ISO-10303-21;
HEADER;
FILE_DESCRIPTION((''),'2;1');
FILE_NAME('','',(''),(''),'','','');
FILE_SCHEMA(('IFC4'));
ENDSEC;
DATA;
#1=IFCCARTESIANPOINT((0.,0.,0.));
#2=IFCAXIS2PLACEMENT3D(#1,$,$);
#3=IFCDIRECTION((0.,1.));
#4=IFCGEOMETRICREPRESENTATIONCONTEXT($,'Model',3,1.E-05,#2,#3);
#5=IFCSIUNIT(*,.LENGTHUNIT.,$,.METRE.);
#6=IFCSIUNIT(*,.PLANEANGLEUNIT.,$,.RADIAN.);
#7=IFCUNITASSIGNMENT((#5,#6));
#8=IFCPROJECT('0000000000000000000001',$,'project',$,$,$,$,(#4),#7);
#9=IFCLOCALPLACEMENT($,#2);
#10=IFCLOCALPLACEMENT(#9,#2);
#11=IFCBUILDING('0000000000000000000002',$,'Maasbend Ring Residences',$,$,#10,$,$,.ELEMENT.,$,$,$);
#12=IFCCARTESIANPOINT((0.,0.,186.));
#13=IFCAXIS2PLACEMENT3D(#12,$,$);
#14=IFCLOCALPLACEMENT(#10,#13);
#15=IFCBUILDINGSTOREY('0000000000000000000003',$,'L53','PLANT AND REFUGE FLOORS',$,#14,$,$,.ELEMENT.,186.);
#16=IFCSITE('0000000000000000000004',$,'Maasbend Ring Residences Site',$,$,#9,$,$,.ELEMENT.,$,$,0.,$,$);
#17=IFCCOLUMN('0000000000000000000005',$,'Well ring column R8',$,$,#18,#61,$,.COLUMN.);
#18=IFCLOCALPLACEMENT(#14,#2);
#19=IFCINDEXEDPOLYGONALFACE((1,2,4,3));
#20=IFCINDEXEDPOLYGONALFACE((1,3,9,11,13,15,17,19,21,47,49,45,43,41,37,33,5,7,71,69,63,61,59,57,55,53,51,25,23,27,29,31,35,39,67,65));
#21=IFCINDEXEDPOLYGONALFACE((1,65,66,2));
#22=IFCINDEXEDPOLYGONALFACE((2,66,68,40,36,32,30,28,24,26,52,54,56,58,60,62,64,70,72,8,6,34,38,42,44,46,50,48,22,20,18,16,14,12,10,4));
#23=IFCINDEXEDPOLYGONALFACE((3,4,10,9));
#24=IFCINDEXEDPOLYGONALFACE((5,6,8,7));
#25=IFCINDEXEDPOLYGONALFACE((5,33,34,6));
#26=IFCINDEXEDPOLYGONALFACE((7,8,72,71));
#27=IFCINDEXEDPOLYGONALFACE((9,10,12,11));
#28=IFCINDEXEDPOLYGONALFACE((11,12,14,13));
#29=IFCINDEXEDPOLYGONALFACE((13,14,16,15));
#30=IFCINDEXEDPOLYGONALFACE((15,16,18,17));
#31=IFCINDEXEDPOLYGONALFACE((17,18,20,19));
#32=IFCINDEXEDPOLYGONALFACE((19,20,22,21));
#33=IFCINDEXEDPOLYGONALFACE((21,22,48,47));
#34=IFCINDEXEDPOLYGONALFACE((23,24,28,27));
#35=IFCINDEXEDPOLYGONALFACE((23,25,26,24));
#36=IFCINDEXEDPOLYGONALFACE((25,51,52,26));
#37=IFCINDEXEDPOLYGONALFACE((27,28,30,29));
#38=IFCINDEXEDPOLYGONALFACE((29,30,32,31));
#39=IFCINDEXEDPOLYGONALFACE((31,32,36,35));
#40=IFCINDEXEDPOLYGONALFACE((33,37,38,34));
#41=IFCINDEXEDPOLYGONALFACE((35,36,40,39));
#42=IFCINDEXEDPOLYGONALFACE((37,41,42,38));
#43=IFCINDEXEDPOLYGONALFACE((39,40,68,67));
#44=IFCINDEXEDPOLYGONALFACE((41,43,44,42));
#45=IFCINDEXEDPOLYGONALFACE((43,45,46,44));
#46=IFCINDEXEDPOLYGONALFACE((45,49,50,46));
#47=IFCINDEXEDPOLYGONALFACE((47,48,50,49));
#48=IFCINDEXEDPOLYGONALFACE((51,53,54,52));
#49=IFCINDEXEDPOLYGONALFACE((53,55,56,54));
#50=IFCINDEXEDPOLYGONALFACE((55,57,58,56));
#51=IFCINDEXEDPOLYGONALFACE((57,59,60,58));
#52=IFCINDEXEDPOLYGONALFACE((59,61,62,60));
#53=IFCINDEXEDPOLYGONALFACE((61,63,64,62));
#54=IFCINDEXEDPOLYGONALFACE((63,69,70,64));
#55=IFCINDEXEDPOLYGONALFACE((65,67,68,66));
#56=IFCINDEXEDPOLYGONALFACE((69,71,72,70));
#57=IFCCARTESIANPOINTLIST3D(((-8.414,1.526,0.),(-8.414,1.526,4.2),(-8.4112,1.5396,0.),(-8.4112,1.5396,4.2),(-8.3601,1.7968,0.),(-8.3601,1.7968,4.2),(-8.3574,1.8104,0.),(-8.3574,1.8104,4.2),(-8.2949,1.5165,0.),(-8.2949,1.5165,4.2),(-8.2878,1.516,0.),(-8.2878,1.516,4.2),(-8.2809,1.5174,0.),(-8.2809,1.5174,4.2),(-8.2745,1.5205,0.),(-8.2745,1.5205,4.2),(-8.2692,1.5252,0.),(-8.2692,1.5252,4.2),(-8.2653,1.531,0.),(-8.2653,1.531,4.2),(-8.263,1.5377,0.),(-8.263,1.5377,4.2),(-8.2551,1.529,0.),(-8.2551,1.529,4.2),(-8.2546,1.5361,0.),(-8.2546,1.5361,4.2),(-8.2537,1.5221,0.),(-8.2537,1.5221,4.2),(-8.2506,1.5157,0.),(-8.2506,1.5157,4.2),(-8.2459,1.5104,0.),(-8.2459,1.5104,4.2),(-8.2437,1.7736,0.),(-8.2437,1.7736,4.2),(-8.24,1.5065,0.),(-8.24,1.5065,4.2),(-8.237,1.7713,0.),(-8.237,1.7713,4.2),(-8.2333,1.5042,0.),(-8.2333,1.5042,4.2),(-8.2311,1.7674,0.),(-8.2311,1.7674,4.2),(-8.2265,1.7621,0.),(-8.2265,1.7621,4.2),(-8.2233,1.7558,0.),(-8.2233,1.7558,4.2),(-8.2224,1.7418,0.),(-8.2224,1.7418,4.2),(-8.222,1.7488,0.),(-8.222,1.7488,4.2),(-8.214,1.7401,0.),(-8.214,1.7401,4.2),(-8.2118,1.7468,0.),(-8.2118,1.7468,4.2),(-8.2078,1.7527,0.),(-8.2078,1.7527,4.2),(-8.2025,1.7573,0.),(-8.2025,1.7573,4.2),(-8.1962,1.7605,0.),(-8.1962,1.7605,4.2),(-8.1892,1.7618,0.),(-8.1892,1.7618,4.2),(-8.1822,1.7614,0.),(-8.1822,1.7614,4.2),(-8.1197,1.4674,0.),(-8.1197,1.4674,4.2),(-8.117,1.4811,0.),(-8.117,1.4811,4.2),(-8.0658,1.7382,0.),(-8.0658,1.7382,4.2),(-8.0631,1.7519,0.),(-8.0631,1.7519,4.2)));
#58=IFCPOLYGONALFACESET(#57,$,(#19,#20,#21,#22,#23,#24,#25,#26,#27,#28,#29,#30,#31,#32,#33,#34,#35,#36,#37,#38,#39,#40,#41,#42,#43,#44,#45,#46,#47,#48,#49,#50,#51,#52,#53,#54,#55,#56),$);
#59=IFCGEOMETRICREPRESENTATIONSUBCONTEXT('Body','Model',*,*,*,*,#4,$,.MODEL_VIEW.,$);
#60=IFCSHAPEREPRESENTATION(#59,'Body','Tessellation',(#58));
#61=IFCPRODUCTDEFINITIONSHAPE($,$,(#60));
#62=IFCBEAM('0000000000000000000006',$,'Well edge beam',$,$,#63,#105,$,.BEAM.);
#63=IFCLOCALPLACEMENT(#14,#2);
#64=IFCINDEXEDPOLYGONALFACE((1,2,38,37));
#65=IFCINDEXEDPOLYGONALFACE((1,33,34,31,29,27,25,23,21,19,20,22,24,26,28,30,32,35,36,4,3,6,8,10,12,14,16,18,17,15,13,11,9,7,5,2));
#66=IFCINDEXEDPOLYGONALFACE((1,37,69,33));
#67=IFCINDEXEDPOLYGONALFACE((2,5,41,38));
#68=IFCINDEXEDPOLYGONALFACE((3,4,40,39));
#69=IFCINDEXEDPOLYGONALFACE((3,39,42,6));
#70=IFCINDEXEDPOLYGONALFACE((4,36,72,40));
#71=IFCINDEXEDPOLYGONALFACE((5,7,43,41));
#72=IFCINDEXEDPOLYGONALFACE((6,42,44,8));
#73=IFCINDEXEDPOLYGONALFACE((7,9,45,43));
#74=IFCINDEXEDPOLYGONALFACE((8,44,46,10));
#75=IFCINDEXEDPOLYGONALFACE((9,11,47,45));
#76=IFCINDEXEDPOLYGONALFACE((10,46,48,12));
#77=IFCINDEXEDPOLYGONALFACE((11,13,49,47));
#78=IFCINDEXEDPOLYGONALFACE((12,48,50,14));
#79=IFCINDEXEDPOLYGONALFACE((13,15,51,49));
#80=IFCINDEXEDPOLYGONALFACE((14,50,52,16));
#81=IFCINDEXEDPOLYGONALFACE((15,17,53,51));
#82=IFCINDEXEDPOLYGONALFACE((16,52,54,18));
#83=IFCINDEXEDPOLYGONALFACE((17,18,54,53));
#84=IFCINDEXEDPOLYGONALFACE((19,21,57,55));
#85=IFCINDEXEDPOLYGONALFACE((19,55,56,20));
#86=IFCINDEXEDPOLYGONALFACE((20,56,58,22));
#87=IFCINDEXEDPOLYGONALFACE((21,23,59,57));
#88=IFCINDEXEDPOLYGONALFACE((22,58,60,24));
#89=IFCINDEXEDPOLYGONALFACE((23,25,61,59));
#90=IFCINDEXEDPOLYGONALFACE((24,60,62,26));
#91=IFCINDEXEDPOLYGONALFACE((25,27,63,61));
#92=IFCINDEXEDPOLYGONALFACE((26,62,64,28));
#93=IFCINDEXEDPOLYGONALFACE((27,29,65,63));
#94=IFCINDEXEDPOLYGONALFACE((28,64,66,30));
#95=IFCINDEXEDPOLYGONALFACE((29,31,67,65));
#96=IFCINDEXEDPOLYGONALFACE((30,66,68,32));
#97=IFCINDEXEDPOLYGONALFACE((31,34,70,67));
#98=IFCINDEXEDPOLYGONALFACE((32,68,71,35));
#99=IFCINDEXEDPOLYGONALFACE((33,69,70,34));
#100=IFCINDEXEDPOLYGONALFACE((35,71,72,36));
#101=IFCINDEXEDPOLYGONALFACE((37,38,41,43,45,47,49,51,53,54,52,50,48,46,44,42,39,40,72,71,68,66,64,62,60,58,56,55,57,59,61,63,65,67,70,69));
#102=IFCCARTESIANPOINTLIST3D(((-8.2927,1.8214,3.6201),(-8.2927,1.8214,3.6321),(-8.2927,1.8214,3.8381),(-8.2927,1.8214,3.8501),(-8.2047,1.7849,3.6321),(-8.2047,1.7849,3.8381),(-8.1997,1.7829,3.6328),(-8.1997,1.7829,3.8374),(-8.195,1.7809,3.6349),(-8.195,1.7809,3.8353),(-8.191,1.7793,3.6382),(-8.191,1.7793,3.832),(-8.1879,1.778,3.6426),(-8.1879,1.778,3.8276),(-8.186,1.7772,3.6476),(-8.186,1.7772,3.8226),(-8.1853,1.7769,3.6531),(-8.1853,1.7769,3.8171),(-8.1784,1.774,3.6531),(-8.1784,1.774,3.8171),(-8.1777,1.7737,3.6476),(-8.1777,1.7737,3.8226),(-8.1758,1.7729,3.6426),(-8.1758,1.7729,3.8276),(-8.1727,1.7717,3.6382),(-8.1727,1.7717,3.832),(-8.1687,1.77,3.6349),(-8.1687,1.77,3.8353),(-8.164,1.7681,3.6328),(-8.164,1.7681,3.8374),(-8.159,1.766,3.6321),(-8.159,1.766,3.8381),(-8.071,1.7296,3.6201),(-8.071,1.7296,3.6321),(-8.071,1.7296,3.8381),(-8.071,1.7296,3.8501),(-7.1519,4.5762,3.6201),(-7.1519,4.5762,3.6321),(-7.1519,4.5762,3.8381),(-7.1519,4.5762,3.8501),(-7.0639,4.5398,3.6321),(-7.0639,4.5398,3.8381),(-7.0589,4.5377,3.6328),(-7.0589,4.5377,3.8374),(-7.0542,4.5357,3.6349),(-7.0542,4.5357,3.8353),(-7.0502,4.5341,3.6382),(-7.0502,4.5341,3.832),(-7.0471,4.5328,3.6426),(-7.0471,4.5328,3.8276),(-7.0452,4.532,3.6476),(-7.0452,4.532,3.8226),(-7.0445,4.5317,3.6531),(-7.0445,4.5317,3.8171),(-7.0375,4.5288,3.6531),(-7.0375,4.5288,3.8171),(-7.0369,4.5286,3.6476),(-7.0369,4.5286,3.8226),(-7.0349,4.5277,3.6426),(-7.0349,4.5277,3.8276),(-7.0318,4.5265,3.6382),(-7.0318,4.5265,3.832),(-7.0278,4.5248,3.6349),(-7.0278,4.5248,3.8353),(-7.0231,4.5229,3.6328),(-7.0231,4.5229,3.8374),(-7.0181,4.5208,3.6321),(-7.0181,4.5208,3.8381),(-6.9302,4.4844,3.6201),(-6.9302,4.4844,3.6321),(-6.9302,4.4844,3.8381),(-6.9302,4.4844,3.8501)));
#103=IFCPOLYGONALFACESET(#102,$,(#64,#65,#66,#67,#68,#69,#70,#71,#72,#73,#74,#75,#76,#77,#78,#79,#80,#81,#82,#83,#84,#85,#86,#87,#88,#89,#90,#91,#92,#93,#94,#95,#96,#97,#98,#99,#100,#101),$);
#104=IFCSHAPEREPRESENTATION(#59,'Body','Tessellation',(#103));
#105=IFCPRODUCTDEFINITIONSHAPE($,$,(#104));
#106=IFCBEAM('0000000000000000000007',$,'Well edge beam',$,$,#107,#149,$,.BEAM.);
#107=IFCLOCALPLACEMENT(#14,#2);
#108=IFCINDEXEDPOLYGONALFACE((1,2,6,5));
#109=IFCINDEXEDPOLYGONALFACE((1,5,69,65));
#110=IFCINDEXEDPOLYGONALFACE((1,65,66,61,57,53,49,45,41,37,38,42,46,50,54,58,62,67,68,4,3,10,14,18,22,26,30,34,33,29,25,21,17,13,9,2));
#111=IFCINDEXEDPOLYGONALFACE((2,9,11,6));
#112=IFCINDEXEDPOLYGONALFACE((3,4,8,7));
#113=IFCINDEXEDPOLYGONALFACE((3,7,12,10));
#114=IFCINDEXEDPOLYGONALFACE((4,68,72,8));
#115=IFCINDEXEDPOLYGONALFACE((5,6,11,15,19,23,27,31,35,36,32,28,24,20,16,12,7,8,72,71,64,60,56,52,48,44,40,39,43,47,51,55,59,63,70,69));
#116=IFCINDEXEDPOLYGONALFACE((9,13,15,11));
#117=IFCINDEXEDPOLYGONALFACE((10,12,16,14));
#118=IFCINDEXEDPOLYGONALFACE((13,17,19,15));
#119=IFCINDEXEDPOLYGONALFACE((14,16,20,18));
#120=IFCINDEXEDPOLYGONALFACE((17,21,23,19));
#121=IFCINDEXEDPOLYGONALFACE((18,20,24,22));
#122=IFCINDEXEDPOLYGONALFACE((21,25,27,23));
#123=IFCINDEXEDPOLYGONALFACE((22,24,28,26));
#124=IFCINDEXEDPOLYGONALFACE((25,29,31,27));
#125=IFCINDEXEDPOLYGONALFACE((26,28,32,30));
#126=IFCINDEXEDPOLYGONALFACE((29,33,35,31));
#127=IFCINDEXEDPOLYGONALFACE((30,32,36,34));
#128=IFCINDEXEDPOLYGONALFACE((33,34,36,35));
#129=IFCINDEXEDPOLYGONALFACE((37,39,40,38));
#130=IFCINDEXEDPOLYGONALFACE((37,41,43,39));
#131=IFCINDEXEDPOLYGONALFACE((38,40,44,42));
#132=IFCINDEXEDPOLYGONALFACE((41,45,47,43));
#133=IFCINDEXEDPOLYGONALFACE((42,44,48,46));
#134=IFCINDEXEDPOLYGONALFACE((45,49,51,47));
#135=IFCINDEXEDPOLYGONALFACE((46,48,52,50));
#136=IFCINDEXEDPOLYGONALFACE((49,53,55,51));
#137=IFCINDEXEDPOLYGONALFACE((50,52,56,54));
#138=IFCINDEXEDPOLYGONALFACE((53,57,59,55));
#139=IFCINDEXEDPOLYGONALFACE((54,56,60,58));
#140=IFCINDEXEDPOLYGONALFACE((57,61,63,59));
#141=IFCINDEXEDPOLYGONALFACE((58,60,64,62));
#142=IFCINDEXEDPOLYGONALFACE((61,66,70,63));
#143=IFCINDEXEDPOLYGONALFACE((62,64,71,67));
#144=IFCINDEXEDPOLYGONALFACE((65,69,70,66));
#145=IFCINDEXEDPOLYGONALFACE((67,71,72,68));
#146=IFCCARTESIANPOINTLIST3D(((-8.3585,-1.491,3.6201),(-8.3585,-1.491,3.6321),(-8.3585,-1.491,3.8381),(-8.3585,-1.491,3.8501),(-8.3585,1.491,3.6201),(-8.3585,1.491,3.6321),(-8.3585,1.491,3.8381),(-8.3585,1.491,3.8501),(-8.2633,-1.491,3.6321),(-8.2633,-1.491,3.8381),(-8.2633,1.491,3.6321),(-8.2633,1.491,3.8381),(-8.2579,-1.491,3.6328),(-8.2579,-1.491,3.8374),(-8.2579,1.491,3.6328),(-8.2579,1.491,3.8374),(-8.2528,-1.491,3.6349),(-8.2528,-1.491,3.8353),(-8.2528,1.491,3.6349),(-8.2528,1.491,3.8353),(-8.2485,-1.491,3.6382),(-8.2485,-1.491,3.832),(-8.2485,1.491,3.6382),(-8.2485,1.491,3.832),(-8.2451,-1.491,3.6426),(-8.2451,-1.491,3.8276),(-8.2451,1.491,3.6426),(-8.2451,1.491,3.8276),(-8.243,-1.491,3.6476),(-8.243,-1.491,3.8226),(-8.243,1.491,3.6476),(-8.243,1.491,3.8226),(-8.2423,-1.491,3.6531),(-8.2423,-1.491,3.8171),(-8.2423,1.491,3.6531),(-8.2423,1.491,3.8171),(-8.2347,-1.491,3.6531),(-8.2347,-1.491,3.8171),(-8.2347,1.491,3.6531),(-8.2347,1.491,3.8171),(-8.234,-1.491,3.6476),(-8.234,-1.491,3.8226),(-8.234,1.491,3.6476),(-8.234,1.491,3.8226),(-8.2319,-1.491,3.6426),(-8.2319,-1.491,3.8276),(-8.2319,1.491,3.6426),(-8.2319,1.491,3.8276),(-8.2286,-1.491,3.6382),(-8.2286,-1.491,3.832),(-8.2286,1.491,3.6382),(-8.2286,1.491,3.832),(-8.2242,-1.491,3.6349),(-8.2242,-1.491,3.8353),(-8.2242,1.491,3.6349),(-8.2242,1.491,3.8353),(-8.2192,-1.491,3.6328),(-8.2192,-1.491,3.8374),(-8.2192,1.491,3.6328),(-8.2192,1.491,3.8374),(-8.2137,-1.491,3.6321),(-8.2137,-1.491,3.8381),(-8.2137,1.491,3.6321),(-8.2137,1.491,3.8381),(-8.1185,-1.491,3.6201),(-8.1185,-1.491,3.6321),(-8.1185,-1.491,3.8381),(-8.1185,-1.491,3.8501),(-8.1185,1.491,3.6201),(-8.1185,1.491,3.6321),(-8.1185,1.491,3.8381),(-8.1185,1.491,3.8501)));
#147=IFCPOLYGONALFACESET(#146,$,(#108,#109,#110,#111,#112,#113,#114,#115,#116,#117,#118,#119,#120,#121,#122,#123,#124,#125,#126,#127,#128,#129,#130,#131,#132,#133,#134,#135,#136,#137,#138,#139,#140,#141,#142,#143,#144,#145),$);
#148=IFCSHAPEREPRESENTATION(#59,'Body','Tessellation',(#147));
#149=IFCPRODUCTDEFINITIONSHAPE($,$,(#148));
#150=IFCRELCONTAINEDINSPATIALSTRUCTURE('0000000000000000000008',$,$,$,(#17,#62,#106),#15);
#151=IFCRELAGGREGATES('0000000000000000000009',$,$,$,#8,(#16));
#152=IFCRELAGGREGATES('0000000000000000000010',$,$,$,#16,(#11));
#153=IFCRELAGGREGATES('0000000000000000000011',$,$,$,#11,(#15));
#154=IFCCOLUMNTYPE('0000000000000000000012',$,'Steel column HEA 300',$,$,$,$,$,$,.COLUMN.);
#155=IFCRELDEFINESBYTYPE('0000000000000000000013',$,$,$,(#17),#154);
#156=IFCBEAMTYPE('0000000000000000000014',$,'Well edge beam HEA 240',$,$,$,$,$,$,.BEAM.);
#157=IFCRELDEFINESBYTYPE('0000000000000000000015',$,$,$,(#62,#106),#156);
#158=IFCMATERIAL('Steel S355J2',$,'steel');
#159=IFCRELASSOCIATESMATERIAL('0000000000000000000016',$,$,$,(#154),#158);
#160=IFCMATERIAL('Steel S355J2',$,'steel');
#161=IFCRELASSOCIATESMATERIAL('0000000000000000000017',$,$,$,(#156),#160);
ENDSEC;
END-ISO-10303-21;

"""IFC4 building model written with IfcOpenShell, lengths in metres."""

from ifc_helpers import new_model, si_unit, direction, frame, origin, origin_2d, place, context, subcontext, project, spatial, i_section, extrude, material, material_profile, profile_set, type_object, element, save


model = new_model("IFC4")

# Units and contexts
model_context = context("Model", 3, precision=1e-05, world=origin(), true_north=direction((0.0, 1.0)))
body_context = subcontext(model_context, "Body", "Model", "MODEL_VIEW")
ifc_project = project(units=[si_unit("LENGTHUNIT", "METRE"), si_unit("PLANEANGLEUNIT", "RADIAN")], contexts=[model_context])

# Site, building, storey
site_placement = place(None, origin())
site = spatial("IfcSite", under=ifc_project, at=site_placement, Name="Maasbend Ring Residences Site", CompositionType="ELEMENT", RefElevation=0.0)
building_placement = place(site_placement, origin())
building = spatial("IfcBuilding", under=site, at=building_placement, Name="Maasbend Ring Residences", CompositionType="ELEMENT")
storey_placement = place(building_placement, frame((0.0, 0.0, 186.0)))
storey = spatial("IfcBuildingStorey", under=building, at=storey_placement, Name="L53", Description="PLANT AND REFUGE FLOORS", CompositionType="ELEMENT", Elevation=186.0)

# Column
ifc_material_1 = material(Name="Steel S355J2", Category="steel")
ifc_material_profile_1 = material_profile(ifc_material_1, i_section(OverallWidth=0.3, OverallDepth=0.29, WebThickness=0.0085, FlangeThickness=0.0139, FilletRadius=0.0271, at=origin_2d()), Name="HEA 300")
ifc_profile_set_1 = profile_set([ifc_material_profile_1], Name="Steel S355J2")
column_type = type_object("IfcColumnType", Name="Steel column HEA 300", PredefinedType="COLUMN", material=ifc_profile_set_1)
column_placement = place(storey_placement, frame((-8.2385, 1.6389, 0.0), z_axis=(0.0, 0.0, 1.0), x_axis=(-0.980785, 0.19509, 0.0)))
element("IfcColumn", 1, at=column_placement, inside=storey, type_object=column_type, Name="Well ring column R8", PredefinedType="COLUMN", context=body_context, shape_type="SweptSolid", body=[
    extrude(i_section(OverallWidth=0.3, OverallDepth=0.29, WebThickness=0.0085, FlangeThickness=0.0139, FilletRadius=0.0271, at=origin_2d()), origin(), (0.0, 0.0, 1.0), 4.2),
])

# Beams
ifc_material_2 = material(Name="Steel S355J2", Category="steel")
ifc_material_profile_2 = material_profile(ifc_material_2, i_section(OverallWidth=0.24, OverallDepth=0.23, WebThickness=0.0076, FlangeThickness=0.012, FilletRadius=0.021, at=origin_2d()), Name="HEA 240")
ifc_profile_set_2 = profile_set([ifc_material_profile_2], Name="Steel S355J2")
beam_type = type_object("IfcBeamType", Name="Well edge beam HEA 240", PredefinedType="BEAM", material=ifc_profile_set_2)
beam_1_placement = place(storey_placement, frame((-7.041, 4.5303, 3.7351), z_axis=(-0.382615, -0.923908, 0.0), x_axis=(0.923908, -0.382615, 0.0)))
element("IfcBeam", 2, at=beam_1_placement, inside=storey, type_object=beam_type, Name="Well edge beam", PredefinedType="BEAM", context=body_context, shape_type="SweptSolid", body=[
    extrude(i_section(OverallWidth=0.24, OverallDepth=0.23, WebThickness=0.0076, FlangeThickness=0.012, FilletRadius=0.021, at=origin_2d()), origin(), (0.0, 0.0, 1.0), 2.9817),
])
beam_2_placement = place(storey_placement, frame((-8.2385, 1.491, 3.7351), z_axis=(0.0, -1.0, 0.0), x_axis=(1.0, 0.0, 0.0)))
element("IfcBeam", 3, at=beam_2_placement, inside=storey, type_object=beam_type, Name="Well edge beam", PredefinedType="BEAM", context=body_context, shape_type="SweptSolid", body=[
    extrude(i_section(OverallWidth=0.24, OverallDepth=0.23, WebThickness=0.0076, FlangeThickness=0.012, FilletRadius=0.021, at=origin_2d()), origin(), (0.0, 0.0, 1.0), 2.9819),
])

save(model, "model.ifc")
